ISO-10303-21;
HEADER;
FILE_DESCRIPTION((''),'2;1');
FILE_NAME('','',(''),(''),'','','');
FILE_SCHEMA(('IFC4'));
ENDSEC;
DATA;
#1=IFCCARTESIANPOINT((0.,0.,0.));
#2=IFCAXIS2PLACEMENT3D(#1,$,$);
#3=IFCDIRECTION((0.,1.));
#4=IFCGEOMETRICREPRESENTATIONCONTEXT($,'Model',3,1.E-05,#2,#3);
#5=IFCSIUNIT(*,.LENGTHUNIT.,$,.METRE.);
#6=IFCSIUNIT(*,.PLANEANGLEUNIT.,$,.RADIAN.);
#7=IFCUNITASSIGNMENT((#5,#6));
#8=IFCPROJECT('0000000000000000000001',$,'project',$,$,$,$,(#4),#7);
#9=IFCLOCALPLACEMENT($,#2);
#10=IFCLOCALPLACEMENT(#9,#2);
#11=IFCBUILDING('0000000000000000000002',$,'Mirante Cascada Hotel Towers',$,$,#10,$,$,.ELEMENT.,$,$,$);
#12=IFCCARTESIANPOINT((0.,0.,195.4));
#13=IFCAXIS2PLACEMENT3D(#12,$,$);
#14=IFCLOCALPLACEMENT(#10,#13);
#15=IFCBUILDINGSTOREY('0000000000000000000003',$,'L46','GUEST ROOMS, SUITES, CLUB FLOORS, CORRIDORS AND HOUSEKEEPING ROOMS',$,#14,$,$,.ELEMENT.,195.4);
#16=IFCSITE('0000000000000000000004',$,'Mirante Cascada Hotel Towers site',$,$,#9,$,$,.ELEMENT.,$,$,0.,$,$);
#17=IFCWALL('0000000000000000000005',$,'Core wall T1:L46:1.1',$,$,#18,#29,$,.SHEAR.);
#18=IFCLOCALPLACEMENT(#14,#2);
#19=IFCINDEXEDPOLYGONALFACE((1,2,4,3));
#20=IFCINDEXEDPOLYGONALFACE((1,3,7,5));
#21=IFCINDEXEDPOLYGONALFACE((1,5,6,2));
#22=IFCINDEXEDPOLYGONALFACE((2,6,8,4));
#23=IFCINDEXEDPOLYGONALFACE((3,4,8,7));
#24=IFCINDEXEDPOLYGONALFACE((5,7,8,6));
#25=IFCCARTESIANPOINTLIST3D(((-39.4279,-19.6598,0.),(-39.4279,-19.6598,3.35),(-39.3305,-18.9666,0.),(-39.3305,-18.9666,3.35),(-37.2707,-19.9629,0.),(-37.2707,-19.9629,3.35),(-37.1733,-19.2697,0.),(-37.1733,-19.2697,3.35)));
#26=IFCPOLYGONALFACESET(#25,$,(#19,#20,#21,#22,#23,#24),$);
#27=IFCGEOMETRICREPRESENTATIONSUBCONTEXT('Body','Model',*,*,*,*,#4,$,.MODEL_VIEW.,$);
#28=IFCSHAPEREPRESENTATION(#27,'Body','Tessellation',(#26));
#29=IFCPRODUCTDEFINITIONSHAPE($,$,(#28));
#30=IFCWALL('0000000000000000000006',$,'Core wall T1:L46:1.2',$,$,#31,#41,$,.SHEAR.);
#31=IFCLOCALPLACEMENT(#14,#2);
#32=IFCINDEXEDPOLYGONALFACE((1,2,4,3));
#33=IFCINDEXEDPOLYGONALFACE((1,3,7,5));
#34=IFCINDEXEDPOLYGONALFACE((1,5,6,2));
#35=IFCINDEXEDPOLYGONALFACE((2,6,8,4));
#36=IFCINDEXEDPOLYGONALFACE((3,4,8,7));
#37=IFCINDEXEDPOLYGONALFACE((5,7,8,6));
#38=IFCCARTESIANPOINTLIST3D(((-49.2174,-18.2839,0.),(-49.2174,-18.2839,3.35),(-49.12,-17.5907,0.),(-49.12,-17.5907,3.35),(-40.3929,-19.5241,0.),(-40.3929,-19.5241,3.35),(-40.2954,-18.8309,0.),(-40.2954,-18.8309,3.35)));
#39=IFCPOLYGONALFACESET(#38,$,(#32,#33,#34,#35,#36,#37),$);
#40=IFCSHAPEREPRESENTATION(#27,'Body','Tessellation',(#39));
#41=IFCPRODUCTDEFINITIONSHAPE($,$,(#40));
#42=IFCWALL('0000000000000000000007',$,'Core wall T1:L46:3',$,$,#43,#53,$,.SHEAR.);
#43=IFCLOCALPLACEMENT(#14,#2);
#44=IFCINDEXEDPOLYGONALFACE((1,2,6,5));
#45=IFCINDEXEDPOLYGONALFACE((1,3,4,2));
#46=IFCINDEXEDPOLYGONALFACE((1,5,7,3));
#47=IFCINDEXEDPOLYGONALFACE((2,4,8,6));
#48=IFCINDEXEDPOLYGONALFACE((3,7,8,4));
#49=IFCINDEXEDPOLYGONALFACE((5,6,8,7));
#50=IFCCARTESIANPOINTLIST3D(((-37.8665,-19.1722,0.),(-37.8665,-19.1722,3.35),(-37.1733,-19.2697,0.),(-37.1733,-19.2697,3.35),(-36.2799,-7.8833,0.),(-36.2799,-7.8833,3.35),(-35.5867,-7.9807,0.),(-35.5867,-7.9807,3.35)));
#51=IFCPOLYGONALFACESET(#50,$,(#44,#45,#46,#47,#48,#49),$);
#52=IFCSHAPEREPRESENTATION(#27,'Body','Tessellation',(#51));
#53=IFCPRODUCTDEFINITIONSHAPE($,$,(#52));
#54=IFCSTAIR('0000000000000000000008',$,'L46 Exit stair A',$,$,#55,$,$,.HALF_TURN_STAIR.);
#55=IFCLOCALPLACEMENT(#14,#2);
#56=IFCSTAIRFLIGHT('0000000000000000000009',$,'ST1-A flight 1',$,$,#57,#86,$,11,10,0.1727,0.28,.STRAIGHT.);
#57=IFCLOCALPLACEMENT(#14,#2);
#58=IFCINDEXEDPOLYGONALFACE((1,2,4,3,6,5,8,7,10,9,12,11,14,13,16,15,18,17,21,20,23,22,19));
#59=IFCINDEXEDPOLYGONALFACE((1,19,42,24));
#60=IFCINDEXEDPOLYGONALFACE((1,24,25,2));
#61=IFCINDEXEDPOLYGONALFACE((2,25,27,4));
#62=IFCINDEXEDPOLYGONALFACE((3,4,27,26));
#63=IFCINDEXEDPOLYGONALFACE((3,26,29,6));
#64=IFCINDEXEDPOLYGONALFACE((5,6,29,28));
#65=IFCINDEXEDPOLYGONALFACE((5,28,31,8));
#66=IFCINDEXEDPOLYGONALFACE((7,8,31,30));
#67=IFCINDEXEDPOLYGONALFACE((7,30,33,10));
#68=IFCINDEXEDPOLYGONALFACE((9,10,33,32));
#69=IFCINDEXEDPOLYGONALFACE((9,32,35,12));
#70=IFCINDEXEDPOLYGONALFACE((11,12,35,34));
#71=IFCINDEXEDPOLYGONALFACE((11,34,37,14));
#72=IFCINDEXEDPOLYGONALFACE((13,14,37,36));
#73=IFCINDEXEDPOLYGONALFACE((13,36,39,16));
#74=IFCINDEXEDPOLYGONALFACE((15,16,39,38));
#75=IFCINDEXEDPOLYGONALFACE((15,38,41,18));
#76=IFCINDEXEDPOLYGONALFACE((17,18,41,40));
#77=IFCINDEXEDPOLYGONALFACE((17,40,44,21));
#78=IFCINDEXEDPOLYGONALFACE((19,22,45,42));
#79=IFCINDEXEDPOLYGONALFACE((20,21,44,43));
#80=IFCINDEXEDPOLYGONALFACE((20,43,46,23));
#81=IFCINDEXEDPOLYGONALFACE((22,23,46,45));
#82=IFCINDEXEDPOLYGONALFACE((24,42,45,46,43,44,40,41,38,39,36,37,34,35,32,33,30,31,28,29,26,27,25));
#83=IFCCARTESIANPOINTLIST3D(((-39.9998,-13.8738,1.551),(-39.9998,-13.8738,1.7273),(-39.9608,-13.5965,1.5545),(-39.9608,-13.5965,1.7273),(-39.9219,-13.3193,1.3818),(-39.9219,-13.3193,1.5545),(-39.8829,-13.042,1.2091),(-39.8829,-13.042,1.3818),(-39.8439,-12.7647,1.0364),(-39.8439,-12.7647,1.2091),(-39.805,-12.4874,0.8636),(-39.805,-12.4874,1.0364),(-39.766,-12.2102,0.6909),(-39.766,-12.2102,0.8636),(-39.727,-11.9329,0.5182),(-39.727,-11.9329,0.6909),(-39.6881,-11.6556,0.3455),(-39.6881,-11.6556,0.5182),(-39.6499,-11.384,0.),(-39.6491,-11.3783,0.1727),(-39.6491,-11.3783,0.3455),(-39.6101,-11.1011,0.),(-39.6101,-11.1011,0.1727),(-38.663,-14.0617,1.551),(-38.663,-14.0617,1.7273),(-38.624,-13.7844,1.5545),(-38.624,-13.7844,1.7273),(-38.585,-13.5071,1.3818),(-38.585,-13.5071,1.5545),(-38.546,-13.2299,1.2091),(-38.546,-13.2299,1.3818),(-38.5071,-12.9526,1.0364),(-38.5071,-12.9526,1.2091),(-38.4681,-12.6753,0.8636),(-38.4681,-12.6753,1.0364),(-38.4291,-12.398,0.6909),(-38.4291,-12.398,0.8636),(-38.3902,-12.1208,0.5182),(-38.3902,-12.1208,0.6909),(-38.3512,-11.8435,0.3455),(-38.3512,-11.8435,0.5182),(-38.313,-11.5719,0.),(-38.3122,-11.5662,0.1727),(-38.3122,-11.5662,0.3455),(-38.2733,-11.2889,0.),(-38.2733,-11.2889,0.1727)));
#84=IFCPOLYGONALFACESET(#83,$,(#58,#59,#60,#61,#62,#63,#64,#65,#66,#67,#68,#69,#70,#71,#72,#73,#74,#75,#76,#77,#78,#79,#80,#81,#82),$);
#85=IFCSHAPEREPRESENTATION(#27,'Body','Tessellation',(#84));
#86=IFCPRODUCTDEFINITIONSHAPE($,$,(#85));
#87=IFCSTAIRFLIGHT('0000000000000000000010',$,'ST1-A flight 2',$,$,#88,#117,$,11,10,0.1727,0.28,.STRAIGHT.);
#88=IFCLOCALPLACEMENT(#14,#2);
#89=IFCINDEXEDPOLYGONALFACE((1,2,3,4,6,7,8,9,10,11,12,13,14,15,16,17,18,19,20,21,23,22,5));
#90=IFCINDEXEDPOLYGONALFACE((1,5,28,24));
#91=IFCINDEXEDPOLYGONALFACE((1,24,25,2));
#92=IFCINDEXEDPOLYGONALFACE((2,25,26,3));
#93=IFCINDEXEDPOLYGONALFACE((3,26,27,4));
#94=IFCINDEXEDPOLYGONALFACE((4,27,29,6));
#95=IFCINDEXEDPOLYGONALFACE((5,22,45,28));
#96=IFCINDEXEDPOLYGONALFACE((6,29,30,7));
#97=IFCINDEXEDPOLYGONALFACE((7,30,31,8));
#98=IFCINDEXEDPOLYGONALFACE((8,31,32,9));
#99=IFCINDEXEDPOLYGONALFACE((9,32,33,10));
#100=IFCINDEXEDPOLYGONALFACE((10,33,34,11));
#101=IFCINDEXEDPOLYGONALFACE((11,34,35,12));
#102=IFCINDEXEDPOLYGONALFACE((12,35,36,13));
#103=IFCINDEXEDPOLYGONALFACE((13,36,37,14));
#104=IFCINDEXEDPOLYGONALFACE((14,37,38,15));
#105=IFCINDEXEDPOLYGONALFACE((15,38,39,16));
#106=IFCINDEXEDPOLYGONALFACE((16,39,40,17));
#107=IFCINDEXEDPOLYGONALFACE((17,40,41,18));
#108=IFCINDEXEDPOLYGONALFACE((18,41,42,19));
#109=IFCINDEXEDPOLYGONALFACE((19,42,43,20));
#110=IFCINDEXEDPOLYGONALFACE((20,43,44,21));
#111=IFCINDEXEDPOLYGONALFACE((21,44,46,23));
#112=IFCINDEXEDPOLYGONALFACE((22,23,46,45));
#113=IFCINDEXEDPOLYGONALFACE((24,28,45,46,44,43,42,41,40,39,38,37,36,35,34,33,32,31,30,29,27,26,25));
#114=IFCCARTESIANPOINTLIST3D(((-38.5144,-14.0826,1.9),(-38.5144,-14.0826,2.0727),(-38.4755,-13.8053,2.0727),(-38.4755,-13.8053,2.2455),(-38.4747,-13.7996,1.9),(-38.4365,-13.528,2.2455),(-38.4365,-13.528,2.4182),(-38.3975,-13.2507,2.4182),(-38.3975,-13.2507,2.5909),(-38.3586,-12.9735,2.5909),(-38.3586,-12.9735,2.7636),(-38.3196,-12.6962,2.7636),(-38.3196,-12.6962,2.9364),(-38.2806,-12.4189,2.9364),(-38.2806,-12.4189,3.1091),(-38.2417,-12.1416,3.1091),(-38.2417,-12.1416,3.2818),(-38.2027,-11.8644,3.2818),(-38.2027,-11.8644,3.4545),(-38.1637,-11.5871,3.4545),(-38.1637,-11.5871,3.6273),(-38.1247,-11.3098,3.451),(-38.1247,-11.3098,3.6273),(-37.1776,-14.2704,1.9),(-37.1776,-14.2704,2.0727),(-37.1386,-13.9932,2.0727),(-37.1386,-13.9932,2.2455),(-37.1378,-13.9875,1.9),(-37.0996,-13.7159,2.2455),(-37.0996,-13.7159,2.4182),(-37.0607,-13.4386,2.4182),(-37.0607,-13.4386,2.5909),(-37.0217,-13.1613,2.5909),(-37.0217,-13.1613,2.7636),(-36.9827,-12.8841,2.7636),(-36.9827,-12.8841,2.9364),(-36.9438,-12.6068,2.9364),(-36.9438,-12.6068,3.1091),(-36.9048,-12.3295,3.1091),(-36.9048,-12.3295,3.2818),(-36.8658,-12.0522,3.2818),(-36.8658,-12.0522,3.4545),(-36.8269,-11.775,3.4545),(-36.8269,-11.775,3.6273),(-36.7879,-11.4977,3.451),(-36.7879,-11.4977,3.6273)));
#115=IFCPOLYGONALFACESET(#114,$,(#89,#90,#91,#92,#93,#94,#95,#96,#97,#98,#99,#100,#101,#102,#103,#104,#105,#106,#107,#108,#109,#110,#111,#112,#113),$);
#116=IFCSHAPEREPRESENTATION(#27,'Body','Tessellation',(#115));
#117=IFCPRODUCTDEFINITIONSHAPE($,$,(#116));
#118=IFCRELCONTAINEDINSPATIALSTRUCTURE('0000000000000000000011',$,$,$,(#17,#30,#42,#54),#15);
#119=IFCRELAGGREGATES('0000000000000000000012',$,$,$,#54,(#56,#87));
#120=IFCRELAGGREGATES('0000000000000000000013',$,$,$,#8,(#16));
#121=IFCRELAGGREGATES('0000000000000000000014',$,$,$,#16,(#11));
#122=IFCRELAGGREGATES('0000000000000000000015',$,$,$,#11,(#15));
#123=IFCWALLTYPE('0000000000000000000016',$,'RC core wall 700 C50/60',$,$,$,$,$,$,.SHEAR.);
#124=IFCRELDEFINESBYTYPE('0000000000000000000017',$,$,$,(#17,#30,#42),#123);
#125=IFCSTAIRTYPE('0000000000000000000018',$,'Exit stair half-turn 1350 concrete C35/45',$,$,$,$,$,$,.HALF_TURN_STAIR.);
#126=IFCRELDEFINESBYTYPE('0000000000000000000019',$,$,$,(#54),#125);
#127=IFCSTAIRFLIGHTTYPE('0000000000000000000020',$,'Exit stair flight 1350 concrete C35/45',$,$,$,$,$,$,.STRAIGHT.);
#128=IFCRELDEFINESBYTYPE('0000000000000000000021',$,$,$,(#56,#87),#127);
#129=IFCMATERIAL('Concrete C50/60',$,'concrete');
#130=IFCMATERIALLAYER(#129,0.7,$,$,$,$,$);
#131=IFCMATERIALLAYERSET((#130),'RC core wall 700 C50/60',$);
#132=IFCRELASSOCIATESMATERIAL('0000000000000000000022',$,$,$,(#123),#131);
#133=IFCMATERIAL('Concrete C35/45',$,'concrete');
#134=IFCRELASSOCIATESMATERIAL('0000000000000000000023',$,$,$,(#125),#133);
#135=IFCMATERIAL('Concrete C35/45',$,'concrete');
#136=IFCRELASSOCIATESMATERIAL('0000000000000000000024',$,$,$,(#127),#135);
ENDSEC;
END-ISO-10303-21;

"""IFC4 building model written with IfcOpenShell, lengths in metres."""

from ifc_helpers import new_model, si_unit, direction, frame, frame_2d, origin, place, context, subcontext, project, spatial, polyline, rectangle, outline, extrude, material, layer, layer_set, type_object, element, aggregate, save


model = new_model("IFC4")

# Units and contexts
model_context = context("Model", 3, precision=1e-05, world=origin(), true_north=direction((0.0, 1.0)))
body_context = subcontext(model_context, "Body", "Model", "MODEL_VIEW")
ifc_project = project(units=[si_unit("LENGTHUNIT", "METRE"), si_unit("PLANEANGLEUNIT", "RADIAN")], contexts=[model_context])

# Site, building, storey
site_placement = place(None, origin())
site = spatial("IfcSite", under=ifc_project, at=site_placement, Name="Mirante Cascada Hotel Towers site", CompositionType="ELEMENT", RefElevation=0.0)
building_placement = place(site_placement, origin())
building = spatial("IfcBuilding", under=site, at=building_placement, Name="Mirante Cascada Hotel Towers", CompositionType="ELEMENT")
storey_placement = place(building_placement, frame((0.0, 0.0, 195.4)))
storey = spatial("IfcBuildingStorey", under=building, at=storey_placement, Name="L46", Description="GUEST ROOMS, SUITES, CLUB FLOORS, CORRIDORS AND HOUSEKEEPING ROOMS", CompositionType="ELEMENT", Elevation=195.4)

# Walls
ifc_material_1 = material(Name="Concrete C50/60", Category="concrete")
ifc_layer_1 = layer(ifc_material_1, 0.7)
ifc_layer_set_1 = layer_set([ifc_layer_1], Name="RC core wall 700 C50/60")
wall_type_1 = type_object("IfcWallType", Name="RC core wall 700 C50/60", PredefinedType="SHEAR", material=ifc_layer_set_1)
wall_1_placement = place(storey_placement, frame((-37.222, -19.6163, 0.0), z_axis=(0.0, 0.0, 1.0), x_axis=(-0.990273, 0.139139, 0.0)))
element("IfcWall", 1, at=wall_1_placement, inside=storey, type_object=wall_type_1, Name="Core wall T1:L46:1.1", PredefinedType="SHEAR", context=body_context, shape_type="SweptSolid", body=[
    extrude(rectangle(XDim=2.1784, YDim=0.7, at=frame_2d((1.0892, 0.0))), origin(), (0.0, 0.0, 1.0), 3.35),
])
wall_2_placement = place(storey_placement, frame((-40.3442, -19.1775, 0.0), z_axis=(0.0, 0.0, 1.0), x_axis=(-0.990268, 0.139171, 0.0)))
element("IfcWall", 2, at=wall_2_placement, inside=storey, type_object=wall_type_1, Name="Core wall T1:L46:1.2", PredefinedType="SHEAR", context=body_context, shape_type="SweptSolid", body=[
    extrude(rectangle(XDim=8.9113, YDim=0.7, at=frame_2d((4.4556, 0.0))), origin(), (0.0, 0.0, 1.0), 3.35),
])
wall_3_placement = place(storey_placement, frame((-37.5199, -19.221, 0.0), z_axis=(0.0, 0.0, 1.0), x_axis=(0.139176, 0.990268, 0.0)))
element("IfcWall", 3, at=wall_3_placement, inside=storey, type_object=wall_type_1, Name="Core wall T1:L46:3", PredefinedType="SHEAR", context=body_context, shape_type="SweptSolid", body=[
    extrude(rectangle(XDim=11.3999, YDim=0.7, at=frame_2d((5.7, 0.0))), origin(), (0.0, 0.0, 1.0), 3.35),
])

# Stair, stair flights
ifc_material_2 = material(Name="Concrete C35/45", Category="concrete")
stair_type = type_object("IfcStairType", Name="Exit stair half-turn 1350 concrete C35/45", PredefinedType="HALF_TURN_STAIR", material=ifc_material_2)
stair_placement = place(storey_placement, origin())
stair = element("IfcStair", 4, at=stair_placement, inside=storey, type_object=stair_type, Name="L46 Exit stair A", PredefinedType="HALF_TURN_STAIR")
ifc_material_3 = material(Name="Concrete C35/45", Category="concrete")
stair_flight_type = type_object("IfcStairFlightType", Name="Exit stair flight 1350 concrete C35/45", PredefinedType="STRAIGHT", material=ifc_material_3)
stair_flight_1_placement = place(storey_placement, frame((-38.9417, -11.195, 0.0), z_axis=(0.0, 0.0, 1.0), x_axis=(-0.139173, -0.990268, 0.0)))
stair_flight_1 = element("IfcStairFlight", 5, at=stair_flight_1_placement, type_object=stair_flight_type, Name="ST1-A flight 1", NumberOfRisers=11, NumberOfTreads=10, PredefinedType="STRAIGHT", RiserHeight=0.1727, TreadLength=0.28, context=body_context, shape_type="SweptSolid", body=[
    extrude(outline(polyline([(0.0, 0.0), (0.0, 0.1727), (0.28, 0.1727), (0.28, 0.3455), (0.56, 0.3455), (0.56, 0.5182), (0.84, 0.5182), (0.84, 0.6909), (1.12, 0.6909), (1.12, 0.8636), (1.4, 0.8636), (1.4, 1.0364), (1.68, 1.0364), (1.68, 1.2091), (1.96, 1.2091), (1.96, 1.3818), (2.24, 1.3818), (2.24, 1.5545), (2.52, 1.5545), (2.52, 1.7273), (2.8, 1.7273), (2.8, 1.9), (2.8, 1.551), (0.2857, 0.0), (0.0, 0.0)])), frame((0.0, 0.675, 0.0), z_axis=(0.0, -1.0, 0.0), x_axis=(1.0, 0.0, 0.0)), (0.0, 0.0, 1.0), 1.35),
])
stair_flight_2_placement = place(storey_placement, frame((-37.846, -14.1765, 1.9), z_axis=(0.0, 0.0, 1.0), x_axis=(0.139173, 0.990268, 0.0)))
stair_flight_2 = element("IfcStairFlight", 6, at=stair_flight_2_placement, type_object=stair_flight_type, Name="ST1-A flight 2", NumberOfRisers=11, NumberOfTreads=10, PredefinedType="STRAIGHT", RiserHeight=0.1727, TreadLength=0.28, context=body_context, shape_type="SweptSolid", body=[
    extrude(outline(polyline([(0.0, 0.0), (0.0, 0.1727), (0.28, 0.1727), (0.28, 0.3455), (0.56, 0.3455), (0.56, 0.5182), (0.84, 0.5182), (0.84, 0.6909), (1.12, 0.6909), (1.12, 0.8636), (1.4, 0.8636), (1.4, 1.0364), (1.68, 1.0364), (1.68, 1.2091), (1.96, 1.2091), (1.96, 1.3818), (2.24, 1.3818), (2.24, 1.5545), (2.52, 1.5545), (2.52, 1.7273), (2.8, 1.7273), (2.8, 1.9), (2.8, 1.551), (0.2857, 0.0), (0.0, 0.0)])), frame((0.0, 0.675, 0.0), z_axis=(0.0, -1.0, 0.0), x_axis=(1.0, 0.0, 0.0)), (0.0, 0.0, 1.0), 1.35),
])
aggregate(stair, [stair_flight_1, stair_flight_2])

save(model, "model.ifc")
